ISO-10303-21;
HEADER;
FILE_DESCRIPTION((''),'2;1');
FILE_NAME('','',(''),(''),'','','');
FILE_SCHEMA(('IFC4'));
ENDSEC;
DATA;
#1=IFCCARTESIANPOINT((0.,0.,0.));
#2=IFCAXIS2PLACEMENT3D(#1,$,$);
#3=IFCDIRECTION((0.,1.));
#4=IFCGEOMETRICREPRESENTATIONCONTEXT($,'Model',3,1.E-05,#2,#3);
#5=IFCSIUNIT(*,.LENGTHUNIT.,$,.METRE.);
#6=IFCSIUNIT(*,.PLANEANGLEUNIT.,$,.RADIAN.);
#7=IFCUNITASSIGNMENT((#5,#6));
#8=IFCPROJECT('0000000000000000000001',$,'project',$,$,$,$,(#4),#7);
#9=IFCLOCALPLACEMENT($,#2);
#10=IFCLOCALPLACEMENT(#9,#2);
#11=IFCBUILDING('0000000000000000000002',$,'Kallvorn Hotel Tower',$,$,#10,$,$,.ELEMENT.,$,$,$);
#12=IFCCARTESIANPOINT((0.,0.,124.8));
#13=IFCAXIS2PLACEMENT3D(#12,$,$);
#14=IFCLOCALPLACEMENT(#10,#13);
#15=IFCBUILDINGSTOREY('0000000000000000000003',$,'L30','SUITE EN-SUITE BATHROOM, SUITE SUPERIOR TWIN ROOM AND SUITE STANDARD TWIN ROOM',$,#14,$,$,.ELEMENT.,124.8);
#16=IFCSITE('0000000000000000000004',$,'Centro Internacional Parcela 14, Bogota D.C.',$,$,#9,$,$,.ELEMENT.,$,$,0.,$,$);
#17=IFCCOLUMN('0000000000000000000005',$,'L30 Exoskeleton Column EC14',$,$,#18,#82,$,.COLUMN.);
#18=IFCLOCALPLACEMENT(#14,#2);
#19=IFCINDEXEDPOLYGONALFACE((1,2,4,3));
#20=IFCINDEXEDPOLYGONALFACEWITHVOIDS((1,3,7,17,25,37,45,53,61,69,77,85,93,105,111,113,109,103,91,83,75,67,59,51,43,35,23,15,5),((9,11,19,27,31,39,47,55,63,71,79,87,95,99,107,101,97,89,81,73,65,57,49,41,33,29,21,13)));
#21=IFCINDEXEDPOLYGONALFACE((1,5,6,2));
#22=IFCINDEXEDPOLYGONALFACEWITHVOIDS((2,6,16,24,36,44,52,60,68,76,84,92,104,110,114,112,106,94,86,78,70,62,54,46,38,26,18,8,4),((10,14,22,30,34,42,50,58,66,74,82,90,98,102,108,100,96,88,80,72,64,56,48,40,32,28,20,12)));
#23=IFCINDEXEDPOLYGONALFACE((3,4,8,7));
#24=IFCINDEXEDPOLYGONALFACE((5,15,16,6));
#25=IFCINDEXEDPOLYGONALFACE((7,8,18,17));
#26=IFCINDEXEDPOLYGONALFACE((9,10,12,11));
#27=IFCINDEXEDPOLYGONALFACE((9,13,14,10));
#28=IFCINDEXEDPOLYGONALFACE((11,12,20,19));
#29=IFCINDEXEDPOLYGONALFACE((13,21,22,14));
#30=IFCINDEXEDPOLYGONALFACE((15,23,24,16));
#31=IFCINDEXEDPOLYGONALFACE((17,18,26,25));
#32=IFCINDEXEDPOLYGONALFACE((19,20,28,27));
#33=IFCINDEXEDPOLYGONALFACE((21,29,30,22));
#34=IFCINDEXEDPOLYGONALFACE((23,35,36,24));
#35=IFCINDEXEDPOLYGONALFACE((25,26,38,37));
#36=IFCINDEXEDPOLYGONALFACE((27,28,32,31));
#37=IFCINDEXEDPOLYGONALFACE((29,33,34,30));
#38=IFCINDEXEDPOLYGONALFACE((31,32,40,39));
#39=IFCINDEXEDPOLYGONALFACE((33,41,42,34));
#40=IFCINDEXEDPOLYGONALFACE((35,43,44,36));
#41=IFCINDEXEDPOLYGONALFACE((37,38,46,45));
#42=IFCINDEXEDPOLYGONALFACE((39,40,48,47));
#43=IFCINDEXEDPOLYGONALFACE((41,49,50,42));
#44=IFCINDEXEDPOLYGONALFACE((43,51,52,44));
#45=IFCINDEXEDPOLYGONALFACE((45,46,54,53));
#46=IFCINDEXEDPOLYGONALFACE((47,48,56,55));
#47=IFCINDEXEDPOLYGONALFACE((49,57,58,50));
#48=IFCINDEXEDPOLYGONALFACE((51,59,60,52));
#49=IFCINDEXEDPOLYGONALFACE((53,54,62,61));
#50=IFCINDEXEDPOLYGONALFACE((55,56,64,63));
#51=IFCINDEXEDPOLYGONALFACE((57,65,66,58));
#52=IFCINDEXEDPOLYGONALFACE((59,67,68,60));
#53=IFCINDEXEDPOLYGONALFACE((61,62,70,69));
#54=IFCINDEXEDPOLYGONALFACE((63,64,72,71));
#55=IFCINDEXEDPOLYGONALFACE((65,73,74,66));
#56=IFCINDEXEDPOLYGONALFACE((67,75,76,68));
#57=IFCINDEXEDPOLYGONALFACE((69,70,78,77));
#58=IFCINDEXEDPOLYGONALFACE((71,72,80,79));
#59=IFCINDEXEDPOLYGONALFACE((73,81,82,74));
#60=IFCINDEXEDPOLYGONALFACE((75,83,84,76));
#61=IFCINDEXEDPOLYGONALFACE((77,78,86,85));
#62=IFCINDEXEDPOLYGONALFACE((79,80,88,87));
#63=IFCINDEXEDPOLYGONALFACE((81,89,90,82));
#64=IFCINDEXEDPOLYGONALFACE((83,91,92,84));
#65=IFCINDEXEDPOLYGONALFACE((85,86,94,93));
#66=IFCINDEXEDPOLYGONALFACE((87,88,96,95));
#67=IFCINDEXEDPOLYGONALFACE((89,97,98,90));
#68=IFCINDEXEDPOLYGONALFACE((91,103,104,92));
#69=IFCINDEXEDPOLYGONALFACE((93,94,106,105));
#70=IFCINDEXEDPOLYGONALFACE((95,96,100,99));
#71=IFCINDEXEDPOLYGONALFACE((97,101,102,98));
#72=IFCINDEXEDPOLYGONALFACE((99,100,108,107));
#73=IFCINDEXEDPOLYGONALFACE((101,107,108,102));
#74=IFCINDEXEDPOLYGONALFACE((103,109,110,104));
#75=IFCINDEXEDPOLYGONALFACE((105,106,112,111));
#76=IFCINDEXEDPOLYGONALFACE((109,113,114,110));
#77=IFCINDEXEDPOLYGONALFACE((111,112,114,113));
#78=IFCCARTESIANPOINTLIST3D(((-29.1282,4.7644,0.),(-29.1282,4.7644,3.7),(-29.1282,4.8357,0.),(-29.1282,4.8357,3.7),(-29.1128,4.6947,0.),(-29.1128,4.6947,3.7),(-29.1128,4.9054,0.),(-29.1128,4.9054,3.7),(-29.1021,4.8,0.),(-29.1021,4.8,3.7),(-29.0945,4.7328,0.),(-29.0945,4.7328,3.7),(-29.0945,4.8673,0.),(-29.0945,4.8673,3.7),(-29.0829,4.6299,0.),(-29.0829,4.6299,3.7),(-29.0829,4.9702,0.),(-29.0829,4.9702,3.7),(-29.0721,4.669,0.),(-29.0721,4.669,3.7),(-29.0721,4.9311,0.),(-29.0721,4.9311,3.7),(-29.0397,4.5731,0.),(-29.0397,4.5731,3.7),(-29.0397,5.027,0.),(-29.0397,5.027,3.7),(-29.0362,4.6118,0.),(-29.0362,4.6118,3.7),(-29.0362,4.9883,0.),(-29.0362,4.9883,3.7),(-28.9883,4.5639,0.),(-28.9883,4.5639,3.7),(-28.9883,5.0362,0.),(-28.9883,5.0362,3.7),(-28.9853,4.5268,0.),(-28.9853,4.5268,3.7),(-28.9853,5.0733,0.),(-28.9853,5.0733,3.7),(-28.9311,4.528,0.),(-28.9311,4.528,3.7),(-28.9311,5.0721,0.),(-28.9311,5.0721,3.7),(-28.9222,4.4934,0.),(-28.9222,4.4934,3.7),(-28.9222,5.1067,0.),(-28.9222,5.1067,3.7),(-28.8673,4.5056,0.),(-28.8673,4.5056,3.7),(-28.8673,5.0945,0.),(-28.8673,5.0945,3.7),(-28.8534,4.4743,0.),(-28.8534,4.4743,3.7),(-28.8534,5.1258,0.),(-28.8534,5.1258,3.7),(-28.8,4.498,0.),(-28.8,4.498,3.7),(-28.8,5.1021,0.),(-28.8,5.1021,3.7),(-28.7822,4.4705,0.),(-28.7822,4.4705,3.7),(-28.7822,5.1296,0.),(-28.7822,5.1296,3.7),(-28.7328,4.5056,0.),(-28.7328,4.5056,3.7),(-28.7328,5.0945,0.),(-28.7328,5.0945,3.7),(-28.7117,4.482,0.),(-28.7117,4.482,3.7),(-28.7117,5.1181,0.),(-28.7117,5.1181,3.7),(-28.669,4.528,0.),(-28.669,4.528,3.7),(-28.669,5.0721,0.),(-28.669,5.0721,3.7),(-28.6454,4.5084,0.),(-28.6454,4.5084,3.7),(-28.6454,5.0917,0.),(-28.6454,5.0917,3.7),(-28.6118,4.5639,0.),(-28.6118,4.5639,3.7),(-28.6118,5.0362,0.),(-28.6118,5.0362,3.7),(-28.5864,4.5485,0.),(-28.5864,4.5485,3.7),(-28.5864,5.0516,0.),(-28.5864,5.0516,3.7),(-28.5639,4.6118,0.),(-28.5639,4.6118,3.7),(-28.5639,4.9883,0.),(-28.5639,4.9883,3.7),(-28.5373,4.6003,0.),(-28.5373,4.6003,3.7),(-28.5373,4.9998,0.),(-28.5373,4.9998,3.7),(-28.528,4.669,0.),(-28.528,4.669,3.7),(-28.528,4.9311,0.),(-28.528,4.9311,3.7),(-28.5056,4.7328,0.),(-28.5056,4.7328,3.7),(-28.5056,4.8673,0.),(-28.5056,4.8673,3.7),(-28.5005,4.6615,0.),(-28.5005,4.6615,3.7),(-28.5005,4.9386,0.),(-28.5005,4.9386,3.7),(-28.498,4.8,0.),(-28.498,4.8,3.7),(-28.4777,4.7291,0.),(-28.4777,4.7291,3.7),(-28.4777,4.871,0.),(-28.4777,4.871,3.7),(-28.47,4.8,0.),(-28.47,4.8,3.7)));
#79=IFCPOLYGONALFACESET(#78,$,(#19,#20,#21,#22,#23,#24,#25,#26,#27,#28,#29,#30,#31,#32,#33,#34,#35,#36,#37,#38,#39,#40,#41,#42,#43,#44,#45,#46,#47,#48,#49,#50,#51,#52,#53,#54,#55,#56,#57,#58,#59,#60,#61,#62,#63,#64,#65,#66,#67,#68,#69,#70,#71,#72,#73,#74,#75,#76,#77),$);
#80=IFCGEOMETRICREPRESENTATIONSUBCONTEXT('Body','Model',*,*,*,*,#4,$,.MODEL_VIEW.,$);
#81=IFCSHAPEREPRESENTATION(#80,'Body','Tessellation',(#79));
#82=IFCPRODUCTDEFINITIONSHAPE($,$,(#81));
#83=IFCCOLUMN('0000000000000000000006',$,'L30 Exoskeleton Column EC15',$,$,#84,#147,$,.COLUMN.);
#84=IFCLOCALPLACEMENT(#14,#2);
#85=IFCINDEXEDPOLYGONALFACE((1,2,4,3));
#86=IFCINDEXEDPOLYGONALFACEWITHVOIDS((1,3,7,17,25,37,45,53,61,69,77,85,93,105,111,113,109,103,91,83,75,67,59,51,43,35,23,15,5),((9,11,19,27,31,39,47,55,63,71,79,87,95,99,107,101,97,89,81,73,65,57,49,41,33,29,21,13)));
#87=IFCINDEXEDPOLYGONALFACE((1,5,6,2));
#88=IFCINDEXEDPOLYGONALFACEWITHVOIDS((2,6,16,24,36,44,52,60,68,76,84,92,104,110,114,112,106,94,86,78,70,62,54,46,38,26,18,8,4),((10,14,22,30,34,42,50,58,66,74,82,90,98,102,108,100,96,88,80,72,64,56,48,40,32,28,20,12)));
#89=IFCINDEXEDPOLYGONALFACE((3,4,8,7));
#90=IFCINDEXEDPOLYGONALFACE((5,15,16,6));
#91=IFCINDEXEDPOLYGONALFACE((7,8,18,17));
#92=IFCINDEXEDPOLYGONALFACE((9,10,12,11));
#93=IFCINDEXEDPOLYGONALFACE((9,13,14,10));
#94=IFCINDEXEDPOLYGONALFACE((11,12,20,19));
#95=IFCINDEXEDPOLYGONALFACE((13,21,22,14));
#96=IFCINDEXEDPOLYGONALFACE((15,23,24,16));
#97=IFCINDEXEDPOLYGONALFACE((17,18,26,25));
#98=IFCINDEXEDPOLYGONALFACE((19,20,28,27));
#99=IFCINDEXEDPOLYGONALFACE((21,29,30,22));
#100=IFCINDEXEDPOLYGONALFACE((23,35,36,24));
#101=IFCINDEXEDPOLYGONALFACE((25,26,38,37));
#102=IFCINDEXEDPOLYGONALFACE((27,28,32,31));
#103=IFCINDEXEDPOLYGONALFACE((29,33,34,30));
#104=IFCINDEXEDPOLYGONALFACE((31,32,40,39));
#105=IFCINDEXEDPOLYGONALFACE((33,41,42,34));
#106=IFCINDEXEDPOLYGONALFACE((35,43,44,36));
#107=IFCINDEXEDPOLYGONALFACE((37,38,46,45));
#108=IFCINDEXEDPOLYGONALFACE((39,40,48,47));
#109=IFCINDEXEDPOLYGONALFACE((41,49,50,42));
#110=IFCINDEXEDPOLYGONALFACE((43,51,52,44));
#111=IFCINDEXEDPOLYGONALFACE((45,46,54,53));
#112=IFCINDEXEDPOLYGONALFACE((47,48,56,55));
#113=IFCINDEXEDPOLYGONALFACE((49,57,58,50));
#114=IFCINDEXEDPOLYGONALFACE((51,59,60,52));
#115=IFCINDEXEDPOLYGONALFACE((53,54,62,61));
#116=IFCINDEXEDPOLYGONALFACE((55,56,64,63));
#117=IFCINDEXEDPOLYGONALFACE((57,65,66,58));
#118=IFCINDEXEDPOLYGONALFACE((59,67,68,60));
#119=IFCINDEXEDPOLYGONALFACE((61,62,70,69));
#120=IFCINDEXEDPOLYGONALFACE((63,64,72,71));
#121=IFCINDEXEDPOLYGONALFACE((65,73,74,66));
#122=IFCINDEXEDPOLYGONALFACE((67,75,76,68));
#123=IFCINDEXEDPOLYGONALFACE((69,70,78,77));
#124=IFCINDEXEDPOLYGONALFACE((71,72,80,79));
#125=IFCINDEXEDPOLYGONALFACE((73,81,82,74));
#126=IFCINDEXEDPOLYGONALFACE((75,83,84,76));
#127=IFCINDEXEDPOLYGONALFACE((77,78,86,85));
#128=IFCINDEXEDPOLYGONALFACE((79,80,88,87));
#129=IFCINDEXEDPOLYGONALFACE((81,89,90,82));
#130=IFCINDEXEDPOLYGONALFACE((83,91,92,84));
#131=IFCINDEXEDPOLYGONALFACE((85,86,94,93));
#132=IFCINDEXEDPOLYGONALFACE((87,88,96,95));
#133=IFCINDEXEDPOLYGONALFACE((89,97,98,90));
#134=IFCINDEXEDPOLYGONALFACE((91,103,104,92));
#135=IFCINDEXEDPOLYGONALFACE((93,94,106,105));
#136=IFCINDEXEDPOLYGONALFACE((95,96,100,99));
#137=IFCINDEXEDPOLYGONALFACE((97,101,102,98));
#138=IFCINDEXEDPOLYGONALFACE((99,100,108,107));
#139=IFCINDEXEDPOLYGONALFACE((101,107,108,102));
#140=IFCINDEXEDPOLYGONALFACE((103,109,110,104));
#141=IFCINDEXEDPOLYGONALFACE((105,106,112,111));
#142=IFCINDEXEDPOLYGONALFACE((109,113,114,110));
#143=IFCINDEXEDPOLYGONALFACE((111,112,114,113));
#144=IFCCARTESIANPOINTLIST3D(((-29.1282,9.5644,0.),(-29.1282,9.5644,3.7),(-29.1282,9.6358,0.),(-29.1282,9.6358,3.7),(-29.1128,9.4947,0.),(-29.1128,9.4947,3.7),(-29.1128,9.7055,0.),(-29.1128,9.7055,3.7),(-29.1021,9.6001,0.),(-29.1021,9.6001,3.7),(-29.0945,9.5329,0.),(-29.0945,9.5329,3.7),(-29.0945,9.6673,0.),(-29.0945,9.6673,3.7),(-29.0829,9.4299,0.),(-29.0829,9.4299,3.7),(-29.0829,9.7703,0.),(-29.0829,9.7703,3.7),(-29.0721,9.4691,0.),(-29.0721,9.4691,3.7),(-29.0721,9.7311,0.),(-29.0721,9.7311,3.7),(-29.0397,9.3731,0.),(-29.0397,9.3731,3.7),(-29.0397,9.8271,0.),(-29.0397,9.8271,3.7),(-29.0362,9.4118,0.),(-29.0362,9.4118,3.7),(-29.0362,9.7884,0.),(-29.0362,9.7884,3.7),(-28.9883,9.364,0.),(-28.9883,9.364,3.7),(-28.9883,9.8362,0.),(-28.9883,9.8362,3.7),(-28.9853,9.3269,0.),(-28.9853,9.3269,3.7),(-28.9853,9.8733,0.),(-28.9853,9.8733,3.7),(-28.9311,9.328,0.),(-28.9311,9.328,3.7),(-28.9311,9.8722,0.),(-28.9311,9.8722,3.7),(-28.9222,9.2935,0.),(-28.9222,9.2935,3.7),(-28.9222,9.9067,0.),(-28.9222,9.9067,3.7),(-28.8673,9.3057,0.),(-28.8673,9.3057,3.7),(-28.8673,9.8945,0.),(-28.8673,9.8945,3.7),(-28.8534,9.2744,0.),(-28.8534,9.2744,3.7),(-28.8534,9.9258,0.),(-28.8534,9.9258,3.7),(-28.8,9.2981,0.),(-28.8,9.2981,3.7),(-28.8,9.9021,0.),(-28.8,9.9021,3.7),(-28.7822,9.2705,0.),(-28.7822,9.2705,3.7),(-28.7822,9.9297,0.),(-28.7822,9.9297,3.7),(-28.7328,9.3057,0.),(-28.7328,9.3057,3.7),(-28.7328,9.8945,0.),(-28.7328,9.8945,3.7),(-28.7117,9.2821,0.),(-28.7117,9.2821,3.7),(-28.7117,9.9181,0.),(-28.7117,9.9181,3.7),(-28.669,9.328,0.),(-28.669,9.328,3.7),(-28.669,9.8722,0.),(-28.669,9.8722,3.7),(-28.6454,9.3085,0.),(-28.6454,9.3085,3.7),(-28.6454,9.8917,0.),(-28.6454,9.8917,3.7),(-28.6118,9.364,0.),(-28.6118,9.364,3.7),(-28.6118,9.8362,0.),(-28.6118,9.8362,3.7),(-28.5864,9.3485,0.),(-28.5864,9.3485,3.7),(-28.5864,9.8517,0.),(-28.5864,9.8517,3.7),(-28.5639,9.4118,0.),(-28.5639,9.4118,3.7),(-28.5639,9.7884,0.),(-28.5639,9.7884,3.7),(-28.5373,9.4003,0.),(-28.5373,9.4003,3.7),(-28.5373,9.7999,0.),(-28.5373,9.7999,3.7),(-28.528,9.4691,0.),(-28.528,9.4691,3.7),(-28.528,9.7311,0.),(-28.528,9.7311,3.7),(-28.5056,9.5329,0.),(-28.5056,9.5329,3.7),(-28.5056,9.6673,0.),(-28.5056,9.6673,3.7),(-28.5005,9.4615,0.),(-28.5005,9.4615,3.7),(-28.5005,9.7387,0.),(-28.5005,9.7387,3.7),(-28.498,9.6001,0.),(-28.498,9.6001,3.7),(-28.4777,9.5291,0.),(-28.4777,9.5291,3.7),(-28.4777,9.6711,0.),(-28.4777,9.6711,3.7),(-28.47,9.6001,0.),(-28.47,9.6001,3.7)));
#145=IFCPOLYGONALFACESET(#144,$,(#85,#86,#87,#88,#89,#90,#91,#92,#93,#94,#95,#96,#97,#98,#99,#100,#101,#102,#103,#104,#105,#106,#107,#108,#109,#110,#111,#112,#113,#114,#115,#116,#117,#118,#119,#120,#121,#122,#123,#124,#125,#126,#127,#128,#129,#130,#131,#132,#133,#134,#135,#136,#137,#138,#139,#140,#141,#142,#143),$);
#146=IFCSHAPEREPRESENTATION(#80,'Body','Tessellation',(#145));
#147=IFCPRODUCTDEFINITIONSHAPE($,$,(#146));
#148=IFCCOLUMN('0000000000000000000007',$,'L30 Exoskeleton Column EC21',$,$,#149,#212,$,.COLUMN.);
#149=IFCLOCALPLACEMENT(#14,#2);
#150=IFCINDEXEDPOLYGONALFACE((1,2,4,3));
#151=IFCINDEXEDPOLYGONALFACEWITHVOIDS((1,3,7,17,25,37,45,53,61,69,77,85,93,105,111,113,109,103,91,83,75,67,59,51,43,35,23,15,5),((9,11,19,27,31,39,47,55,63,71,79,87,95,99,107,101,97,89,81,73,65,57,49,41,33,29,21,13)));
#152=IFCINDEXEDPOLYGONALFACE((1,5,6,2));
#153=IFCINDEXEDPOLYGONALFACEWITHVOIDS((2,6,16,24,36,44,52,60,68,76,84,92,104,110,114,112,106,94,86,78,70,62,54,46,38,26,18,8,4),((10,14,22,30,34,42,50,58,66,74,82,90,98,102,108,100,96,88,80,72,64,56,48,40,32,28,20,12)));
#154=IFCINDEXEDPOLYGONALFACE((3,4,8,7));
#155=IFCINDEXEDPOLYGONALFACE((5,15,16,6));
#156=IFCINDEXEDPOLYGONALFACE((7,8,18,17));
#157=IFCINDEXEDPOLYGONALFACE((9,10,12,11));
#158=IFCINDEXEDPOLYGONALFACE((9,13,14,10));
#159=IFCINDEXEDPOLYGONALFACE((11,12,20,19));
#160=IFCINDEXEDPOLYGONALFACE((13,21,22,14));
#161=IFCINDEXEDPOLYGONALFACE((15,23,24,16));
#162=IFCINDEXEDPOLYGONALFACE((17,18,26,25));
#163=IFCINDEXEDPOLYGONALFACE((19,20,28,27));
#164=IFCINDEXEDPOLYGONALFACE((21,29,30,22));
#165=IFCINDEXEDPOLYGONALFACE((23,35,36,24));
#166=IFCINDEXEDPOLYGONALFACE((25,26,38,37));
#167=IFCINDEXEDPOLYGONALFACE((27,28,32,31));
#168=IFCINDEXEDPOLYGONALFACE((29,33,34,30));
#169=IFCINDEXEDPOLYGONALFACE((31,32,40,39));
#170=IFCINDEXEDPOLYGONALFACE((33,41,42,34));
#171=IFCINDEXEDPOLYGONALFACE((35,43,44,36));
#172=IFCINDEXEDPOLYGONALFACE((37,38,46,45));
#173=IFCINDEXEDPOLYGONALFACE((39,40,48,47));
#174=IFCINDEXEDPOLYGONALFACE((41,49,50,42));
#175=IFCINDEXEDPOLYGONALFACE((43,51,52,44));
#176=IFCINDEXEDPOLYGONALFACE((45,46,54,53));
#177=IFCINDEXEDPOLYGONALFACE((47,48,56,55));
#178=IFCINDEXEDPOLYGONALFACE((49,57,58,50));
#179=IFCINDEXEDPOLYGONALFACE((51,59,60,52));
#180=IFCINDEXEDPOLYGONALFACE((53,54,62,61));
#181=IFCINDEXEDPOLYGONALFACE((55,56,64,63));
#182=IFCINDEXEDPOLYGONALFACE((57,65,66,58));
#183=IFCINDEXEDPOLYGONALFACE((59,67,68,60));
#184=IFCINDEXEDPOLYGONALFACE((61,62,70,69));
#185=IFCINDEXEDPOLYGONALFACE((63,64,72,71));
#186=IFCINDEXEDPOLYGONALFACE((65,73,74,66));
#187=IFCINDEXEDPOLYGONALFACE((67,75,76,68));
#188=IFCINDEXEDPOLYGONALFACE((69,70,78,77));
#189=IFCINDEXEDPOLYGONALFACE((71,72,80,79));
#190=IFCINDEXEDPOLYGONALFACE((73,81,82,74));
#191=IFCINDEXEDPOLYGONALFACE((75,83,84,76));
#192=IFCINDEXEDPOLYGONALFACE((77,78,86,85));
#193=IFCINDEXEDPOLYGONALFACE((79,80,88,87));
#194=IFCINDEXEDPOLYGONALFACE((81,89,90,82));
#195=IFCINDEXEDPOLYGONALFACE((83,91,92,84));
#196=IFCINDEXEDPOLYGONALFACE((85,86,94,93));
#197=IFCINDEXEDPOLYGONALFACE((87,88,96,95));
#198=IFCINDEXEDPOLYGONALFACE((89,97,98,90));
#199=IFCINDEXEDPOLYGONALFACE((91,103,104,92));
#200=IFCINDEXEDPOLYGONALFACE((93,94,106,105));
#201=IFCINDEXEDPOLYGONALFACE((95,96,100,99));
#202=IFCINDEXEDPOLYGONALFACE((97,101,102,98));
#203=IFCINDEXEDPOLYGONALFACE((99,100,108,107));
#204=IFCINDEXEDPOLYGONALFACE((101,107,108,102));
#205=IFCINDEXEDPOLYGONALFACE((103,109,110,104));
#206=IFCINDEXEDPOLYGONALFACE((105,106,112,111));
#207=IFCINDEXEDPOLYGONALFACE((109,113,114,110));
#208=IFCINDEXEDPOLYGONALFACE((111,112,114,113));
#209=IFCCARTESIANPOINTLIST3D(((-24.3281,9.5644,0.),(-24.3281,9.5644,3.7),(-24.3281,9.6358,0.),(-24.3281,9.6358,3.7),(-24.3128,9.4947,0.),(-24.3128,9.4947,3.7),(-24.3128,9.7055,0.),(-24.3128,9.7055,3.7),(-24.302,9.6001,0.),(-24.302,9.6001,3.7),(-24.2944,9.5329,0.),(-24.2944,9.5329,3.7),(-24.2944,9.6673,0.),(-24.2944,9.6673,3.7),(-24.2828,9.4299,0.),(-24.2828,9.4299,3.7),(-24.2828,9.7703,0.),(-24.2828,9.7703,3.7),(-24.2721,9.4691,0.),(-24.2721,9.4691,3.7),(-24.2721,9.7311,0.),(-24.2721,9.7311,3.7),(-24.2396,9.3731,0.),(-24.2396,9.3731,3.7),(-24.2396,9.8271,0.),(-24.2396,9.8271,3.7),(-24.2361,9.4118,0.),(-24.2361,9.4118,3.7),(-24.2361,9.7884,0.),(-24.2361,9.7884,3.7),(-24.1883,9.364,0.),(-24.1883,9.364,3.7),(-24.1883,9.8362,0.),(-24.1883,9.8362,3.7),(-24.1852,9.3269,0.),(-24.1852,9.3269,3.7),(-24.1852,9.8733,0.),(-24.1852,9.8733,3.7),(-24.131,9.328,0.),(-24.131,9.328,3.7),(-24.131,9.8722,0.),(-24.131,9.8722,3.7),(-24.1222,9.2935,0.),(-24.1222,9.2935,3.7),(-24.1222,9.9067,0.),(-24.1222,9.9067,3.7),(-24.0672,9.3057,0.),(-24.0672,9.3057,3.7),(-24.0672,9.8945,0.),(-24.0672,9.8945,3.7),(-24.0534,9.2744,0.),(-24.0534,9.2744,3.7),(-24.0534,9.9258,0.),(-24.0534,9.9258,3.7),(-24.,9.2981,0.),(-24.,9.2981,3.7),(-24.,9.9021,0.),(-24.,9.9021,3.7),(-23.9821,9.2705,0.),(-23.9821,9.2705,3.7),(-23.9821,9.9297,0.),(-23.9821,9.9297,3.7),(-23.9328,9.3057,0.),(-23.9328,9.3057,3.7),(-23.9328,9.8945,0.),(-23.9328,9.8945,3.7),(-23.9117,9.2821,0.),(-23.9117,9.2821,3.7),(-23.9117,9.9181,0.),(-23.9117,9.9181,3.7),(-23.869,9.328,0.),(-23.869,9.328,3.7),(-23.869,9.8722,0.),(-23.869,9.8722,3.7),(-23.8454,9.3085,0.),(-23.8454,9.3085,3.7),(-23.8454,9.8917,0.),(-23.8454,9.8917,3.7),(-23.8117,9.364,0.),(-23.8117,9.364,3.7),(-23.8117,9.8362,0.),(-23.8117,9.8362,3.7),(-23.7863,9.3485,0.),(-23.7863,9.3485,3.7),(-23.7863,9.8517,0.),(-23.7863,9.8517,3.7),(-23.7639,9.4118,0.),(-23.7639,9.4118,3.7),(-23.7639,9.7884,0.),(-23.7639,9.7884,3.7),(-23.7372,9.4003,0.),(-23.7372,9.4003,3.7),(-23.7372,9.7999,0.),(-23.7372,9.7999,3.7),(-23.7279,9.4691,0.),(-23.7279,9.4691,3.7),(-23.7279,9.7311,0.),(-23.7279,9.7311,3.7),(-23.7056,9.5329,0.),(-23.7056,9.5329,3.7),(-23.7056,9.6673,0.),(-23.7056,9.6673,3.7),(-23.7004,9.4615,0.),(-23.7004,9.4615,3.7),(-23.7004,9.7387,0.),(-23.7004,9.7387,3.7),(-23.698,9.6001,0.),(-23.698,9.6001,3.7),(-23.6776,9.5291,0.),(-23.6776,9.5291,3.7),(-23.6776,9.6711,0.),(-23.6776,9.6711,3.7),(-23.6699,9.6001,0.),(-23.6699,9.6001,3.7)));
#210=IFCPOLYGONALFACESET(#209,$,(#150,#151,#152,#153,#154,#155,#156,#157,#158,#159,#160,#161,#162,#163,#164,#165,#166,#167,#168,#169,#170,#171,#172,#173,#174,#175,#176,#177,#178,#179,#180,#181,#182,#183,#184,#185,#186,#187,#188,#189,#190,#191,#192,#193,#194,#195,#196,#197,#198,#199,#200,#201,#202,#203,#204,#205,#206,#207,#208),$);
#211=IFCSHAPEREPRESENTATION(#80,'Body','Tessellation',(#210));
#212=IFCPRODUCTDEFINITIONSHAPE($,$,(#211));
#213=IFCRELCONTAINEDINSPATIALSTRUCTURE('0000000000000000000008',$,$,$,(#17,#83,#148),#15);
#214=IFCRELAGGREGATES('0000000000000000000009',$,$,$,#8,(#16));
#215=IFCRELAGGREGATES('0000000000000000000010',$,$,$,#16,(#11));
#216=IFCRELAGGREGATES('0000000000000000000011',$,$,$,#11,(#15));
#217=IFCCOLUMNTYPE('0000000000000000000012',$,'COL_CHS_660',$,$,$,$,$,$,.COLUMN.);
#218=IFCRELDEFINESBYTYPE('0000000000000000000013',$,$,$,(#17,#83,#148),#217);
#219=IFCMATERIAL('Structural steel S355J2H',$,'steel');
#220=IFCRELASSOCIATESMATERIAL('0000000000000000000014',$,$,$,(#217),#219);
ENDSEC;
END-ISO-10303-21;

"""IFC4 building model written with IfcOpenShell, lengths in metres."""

from ifc_helpers import new_model, si_unit, direction, frame, origin, origin_2d, place, context, subcontext, project, spatial, hollow_circle, extrude, material, material_profile, profile_set, type_object, element, save


model = new_model("IFC4")

# Units and contexts
model_context = context("Model", 3, precision=1e-05, world=origin(), true_north=direction((0.0, 1.0)))
body_context = subcontext(model_context, "Body", "Model", "MODEL_VIEW")
ifc_project = project(units=[si_unit("LENGTHUNIT", "METRE"), si_unit("PLANEANGLEUNIT", "RADIAN")], contexts=[model_context])

# Site, building, storey
site_placement = place(None, origin())
site = spatial("IfcSite", under=ifc_project, at=site_placement, Name="Centro Internacional Parcela 14, Bogota D.C.", CompositionType="ELEMENT", RefElevation=0.0)
building_placement = place(site_placement, origin())
building = spatial("IfcBuilding", under=site, at=building_placement, Name="Kallvorn Hotel Tower", CompositionType="ELEMENT")
storey_placement = place(building_placement, frame((0.0, 0.0, 124.8)))
storey = spatial("IfcBuildingStorey", under=building, at=storey_placement, Name="L30", Description="SUITE EN-SUITE BATHROOM, SUITE SUPERIOR TWIN ROOM AND SUITE STANDARD TWIN ROOM", CompositionType="ELEMENT", Elevation=124.8)

# Columns
ifc_material_1 = material(Name="Structural steel S355J2H", Category="steel")
ifc_material_profile_1 = material_profile(ifc_material_1, hollow_circle(Radius=0.3301, WallThickness=0.0281, at=origin_2d()), Name="CHS 660x28")
ifc_profile_set_1 = profile_set([ifc_material_profile_1], Name="Structural steel S355J2H")
column_type_1 = type_object("IfcColumnType", Name="COL_CHS_660", PredefinedType="COLUMN", material=ifc_profile_set_1)
for number, where, z_axis, x_axis, name in (
    (1, (-28.8, 4.8, 0.0), (0.0, 0.0, 1.0), (1.0, 0.0, 0.0), "L30 Exoskeleton Column EC14"),
    (2, (-28.8, 9.6001, 0.0), (0.0, 0.0, 1.0), (1.0, 0.0, 0.0), "L30 Exoskeleton Column EC15"),
    (3, (-24.0, 9.6001, 0.0), (0.0, 0.0, 1.0), (1.0, 0.0, 0.0), "L30 Exoskeleton Column EC21"),
):
    element("IfcColumn", number, at=place(storey_placement, frame(where, z_axis=z_axis, x_axis=x_axis)), inside=storey, type_object=column_type_1, Name=name, PredefinedType="COLUMN", context=body_context, shape_type="SweptSolid", body=[
        extrude(hollow_circle(Radius=0.3301, WallThickness=0.0281, at=origin_2d()), origin(), (0.0, 0.0, 1.0), 3.7),
    ])

save(model, "model.ifc")
